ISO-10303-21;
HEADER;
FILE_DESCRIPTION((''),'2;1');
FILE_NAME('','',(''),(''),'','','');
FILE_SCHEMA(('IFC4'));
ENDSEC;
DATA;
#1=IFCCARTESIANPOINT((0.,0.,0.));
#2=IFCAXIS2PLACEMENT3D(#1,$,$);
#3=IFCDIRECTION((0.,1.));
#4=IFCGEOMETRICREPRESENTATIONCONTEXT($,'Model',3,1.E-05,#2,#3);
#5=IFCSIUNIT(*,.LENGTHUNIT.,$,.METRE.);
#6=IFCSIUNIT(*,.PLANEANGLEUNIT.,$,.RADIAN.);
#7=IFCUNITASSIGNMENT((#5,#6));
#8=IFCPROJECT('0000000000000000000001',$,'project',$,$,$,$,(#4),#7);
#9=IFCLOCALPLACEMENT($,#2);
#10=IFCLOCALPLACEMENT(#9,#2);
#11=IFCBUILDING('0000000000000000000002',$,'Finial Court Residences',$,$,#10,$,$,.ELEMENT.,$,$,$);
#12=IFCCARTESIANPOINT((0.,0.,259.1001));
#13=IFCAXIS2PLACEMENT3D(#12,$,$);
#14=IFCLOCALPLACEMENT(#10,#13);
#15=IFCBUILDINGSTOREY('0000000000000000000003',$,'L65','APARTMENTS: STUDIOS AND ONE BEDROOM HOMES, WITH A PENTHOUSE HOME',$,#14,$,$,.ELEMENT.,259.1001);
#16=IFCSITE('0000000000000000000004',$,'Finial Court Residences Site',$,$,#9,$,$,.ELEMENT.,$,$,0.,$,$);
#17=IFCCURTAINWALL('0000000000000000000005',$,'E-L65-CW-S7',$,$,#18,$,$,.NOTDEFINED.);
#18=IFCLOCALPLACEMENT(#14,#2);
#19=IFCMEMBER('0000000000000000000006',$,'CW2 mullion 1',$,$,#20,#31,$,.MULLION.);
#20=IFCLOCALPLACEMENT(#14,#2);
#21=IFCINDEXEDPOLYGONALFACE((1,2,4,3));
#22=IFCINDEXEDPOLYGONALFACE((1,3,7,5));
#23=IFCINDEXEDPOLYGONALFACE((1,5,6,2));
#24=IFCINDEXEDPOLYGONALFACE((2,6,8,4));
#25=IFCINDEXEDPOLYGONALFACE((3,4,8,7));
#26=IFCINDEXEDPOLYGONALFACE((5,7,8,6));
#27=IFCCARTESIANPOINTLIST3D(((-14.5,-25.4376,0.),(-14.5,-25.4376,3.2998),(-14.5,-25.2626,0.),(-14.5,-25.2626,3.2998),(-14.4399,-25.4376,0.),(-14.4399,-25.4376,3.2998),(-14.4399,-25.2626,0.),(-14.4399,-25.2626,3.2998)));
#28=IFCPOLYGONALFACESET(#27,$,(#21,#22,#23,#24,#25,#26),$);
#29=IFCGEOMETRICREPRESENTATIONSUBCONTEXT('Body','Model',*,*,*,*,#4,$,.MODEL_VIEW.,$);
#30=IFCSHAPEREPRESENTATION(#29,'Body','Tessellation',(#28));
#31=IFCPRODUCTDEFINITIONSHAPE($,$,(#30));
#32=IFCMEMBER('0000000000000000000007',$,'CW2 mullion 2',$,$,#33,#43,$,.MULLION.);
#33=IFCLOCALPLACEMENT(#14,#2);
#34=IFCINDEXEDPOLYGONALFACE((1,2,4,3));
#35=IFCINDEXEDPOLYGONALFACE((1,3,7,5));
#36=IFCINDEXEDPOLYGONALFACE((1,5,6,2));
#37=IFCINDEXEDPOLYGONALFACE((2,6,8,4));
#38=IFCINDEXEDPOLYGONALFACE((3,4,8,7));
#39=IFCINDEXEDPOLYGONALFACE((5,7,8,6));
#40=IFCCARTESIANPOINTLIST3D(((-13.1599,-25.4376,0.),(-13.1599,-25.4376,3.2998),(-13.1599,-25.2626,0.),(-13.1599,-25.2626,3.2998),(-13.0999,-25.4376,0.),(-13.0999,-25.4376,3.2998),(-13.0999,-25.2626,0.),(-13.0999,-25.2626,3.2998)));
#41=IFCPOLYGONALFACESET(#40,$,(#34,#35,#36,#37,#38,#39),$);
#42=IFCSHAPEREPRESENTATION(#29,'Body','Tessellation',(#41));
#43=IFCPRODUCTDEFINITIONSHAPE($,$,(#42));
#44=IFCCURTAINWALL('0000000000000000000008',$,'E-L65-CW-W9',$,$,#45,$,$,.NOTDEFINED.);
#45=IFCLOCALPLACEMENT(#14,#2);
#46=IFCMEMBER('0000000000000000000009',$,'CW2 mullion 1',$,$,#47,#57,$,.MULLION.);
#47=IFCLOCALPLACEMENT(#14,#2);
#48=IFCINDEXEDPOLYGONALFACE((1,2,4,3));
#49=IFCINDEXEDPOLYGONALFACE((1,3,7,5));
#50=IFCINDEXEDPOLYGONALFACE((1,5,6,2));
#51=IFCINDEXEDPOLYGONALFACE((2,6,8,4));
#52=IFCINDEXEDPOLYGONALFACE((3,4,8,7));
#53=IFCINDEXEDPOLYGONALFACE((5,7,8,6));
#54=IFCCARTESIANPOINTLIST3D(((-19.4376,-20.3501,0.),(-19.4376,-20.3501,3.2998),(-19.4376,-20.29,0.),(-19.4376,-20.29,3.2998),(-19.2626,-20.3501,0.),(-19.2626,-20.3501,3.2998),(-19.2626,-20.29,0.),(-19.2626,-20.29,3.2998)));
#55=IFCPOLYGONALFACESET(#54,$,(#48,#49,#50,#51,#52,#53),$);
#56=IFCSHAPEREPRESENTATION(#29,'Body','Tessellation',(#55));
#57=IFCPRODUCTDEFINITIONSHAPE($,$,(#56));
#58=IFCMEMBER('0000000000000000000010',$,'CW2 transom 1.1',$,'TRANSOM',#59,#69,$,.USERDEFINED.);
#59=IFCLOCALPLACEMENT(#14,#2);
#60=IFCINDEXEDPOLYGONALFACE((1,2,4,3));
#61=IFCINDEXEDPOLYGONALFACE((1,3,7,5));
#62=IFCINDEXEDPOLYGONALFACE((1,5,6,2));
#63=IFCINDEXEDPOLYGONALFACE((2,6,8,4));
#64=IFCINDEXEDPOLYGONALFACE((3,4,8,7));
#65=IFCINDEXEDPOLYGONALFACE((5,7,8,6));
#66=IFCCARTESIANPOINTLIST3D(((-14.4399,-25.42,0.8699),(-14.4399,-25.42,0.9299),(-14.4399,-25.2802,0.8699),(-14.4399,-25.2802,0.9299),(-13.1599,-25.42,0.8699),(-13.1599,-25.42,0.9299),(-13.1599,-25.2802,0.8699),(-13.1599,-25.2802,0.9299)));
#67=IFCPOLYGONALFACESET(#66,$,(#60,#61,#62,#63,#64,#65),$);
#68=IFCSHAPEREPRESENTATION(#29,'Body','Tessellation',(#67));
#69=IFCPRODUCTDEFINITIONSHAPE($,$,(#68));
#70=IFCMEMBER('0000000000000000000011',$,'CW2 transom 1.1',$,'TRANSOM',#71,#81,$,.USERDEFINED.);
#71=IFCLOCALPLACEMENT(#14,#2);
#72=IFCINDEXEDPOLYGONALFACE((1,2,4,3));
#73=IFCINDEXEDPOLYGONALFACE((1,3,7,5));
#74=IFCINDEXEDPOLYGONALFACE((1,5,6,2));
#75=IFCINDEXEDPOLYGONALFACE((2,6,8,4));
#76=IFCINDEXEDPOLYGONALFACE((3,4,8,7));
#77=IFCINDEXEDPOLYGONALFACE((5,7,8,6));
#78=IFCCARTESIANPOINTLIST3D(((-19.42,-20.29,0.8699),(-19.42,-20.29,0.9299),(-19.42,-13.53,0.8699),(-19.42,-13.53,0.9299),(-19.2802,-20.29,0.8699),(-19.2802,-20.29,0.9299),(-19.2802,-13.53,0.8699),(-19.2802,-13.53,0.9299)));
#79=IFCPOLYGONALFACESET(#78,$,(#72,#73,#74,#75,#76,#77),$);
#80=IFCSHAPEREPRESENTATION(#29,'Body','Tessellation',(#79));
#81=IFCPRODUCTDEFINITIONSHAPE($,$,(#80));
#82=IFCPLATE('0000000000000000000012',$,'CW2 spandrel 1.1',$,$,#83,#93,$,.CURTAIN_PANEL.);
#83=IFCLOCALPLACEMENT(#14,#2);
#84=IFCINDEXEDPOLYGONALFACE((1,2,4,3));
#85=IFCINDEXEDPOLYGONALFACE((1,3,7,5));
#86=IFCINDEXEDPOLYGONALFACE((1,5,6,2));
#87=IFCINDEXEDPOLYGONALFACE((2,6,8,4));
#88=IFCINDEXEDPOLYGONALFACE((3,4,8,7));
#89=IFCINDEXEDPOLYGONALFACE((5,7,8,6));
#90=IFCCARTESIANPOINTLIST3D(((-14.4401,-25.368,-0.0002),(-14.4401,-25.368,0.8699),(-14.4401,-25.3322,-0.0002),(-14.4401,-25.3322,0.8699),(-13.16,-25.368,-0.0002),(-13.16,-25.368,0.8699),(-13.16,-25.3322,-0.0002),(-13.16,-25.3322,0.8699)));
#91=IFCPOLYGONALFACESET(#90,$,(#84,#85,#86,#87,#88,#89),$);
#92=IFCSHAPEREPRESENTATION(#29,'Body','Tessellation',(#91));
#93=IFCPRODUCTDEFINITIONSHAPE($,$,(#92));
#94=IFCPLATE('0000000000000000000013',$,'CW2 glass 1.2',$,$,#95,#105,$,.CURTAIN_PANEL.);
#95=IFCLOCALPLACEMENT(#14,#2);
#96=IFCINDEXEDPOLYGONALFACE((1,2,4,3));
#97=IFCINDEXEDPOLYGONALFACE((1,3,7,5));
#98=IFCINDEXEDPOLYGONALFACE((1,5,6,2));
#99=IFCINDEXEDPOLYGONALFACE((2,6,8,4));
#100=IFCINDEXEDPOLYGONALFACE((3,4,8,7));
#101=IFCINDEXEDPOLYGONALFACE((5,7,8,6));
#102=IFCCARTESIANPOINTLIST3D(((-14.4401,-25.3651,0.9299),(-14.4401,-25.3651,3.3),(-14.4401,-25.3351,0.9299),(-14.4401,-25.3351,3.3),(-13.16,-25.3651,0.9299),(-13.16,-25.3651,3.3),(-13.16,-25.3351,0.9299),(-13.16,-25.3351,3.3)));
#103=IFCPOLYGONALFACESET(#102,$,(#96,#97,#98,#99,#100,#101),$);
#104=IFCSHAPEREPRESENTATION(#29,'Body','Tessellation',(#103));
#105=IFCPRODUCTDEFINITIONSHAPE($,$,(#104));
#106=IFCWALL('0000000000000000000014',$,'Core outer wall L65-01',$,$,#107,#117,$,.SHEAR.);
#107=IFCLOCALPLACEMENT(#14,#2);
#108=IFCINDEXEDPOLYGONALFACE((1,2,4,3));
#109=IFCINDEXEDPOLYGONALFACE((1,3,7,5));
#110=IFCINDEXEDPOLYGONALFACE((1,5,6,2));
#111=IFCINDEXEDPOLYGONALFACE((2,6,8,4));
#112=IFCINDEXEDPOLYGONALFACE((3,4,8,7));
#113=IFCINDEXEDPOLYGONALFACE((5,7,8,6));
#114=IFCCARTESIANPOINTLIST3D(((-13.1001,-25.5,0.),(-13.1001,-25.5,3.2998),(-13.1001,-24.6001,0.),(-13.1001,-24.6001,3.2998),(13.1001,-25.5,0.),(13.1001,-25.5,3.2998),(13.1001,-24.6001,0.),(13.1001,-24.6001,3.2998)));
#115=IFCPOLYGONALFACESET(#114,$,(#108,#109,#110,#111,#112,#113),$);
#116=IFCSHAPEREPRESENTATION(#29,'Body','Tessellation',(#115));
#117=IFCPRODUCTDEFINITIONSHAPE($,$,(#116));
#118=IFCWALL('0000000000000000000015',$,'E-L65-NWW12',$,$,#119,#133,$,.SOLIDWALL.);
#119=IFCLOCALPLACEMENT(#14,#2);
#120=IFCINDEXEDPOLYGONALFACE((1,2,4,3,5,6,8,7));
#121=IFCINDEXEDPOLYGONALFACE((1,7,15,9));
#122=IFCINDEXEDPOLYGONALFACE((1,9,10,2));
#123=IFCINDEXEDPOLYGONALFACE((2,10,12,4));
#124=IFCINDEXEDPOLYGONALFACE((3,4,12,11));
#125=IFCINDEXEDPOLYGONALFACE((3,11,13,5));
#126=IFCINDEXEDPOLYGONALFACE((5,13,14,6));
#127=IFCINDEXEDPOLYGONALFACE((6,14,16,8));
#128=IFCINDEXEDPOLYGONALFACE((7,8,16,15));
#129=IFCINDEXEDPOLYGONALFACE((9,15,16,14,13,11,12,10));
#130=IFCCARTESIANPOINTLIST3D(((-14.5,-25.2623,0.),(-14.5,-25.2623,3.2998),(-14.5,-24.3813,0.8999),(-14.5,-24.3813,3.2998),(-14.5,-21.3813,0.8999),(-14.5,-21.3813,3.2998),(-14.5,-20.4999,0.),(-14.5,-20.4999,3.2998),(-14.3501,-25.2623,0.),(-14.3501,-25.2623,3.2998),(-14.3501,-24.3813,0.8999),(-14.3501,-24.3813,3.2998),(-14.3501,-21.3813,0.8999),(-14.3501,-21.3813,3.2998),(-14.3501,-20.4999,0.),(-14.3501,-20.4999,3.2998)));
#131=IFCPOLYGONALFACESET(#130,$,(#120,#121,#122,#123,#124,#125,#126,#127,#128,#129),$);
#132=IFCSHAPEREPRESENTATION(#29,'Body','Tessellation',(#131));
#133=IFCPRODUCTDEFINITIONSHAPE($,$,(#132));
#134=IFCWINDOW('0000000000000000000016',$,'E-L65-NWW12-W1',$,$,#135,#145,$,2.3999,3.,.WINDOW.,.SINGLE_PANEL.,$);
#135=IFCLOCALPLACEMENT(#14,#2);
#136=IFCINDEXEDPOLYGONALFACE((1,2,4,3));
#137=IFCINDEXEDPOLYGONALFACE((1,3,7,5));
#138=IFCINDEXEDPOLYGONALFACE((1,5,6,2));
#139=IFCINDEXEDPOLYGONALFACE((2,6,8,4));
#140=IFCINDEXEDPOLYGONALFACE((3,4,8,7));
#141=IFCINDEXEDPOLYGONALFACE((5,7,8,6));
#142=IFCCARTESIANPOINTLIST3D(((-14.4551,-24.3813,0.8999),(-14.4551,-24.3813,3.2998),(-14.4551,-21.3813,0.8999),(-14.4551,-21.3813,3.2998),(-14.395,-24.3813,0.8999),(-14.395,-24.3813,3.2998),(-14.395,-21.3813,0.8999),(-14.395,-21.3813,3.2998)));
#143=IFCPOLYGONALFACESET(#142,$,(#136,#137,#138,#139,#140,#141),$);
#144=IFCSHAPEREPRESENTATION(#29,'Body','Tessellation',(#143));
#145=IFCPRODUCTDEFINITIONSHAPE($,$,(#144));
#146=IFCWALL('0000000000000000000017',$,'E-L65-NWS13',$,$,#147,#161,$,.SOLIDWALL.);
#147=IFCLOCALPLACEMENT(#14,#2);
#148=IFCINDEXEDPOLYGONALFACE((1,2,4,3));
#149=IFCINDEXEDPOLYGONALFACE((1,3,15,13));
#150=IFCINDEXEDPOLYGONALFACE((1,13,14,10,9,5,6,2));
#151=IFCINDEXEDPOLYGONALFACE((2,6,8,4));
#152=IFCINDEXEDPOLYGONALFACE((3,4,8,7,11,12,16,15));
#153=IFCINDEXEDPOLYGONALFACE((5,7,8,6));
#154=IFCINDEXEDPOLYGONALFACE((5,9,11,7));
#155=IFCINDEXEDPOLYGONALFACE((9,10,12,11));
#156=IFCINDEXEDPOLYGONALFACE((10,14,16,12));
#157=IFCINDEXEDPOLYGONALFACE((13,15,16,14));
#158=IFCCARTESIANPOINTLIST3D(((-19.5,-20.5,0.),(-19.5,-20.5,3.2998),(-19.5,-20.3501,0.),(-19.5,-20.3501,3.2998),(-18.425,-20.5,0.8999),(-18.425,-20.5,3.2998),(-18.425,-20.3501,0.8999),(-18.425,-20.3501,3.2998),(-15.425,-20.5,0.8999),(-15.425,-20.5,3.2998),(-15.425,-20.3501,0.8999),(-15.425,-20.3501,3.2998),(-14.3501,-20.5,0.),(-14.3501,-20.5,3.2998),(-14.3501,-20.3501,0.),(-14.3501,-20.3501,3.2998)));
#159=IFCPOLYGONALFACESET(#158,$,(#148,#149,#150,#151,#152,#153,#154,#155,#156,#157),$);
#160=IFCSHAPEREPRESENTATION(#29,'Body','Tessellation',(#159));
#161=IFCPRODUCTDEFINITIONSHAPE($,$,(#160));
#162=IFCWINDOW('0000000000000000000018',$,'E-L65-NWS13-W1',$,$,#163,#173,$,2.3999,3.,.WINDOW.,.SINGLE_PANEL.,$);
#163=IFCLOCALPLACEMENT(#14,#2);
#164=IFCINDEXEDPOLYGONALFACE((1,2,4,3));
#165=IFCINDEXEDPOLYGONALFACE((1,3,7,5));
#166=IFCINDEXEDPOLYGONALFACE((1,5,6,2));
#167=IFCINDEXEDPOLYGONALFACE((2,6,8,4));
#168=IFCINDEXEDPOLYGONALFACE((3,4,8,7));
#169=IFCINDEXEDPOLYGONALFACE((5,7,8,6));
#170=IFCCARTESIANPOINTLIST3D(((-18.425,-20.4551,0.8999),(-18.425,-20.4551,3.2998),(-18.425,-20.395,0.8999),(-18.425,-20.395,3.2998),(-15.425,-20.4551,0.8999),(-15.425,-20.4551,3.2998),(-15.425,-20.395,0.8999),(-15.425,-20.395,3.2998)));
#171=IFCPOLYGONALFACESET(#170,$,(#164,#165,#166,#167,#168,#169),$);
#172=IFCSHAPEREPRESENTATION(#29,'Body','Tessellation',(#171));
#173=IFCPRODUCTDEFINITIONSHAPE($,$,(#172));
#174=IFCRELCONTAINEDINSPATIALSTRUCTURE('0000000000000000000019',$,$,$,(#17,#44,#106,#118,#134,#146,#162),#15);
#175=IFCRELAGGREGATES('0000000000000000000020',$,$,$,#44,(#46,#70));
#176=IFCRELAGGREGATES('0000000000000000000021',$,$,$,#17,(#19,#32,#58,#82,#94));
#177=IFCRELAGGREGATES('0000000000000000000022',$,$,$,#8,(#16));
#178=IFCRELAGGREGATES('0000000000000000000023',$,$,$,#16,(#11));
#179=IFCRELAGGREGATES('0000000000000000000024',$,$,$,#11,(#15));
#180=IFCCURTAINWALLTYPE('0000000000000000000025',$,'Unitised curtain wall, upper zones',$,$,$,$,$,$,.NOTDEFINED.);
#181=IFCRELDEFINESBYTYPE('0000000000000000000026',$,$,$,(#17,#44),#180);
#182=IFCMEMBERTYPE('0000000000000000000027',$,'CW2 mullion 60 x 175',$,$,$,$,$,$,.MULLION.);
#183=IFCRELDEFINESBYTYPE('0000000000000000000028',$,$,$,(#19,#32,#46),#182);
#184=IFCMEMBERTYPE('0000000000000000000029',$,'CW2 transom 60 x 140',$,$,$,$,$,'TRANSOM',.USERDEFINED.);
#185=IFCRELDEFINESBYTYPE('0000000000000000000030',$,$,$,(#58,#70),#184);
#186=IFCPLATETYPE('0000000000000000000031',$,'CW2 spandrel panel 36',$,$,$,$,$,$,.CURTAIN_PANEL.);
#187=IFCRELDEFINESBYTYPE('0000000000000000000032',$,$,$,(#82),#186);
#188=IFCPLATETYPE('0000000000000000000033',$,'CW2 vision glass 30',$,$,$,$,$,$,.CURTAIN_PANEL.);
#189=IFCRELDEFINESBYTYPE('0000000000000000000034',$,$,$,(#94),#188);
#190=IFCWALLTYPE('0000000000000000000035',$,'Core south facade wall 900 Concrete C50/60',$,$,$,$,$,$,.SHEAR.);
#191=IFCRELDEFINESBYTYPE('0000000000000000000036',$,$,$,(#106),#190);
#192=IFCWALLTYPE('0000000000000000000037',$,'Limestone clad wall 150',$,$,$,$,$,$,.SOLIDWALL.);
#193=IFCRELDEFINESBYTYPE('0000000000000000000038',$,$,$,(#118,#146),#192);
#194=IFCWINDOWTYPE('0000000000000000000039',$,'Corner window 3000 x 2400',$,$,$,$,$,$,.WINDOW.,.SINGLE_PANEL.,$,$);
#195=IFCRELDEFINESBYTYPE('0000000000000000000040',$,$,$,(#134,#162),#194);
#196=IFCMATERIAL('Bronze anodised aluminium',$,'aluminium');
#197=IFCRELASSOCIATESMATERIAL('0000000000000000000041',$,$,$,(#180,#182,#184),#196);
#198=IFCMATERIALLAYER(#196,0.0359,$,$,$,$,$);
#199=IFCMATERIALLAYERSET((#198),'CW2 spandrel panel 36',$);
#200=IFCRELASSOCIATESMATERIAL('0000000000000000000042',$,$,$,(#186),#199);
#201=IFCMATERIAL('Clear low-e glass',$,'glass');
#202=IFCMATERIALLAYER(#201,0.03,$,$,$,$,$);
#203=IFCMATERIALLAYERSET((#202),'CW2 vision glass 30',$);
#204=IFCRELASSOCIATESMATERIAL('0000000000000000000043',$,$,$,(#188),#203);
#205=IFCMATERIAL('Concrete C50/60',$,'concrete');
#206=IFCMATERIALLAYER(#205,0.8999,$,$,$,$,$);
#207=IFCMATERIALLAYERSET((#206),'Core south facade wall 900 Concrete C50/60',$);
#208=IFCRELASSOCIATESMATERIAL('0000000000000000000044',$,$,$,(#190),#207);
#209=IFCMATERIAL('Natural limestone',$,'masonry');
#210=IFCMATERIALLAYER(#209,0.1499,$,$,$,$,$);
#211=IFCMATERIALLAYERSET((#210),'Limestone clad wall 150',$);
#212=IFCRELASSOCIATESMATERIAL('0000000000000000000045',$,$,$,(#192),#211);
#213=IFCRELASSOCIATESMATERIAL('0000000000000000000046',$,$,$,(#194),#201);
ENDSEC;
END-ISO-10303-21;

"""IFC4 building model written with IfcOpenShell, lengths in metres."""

from ifc_helpers import new_model, si_unit, direction, frame, frame_2d, origin, origin_2d, place, context, subcontext, project, spatial, rectangle, extrude, material, layer, layer_set, material_profile, profile_set, type_object, element, fill, aggregate, save


model = new_model("IFC4")

# Units and contexts
model_context = context("Model", 3, precision=1e-05, world=origin(), true_north=direction((0.0, 1.0)))
body_context = subcontext(model_context, "Body", "Model", "MODEL_VIEW")
ifc_project = project(units=[si_unit("LENGTHUNIT", "METRE"), si_unit("PLANEANGLEUNIT", "RADIAN")], contexts=[model_context])

# Site, building, storey
site_placement = place(None, origin())
site = spatial("IfcSite", under=ifc_project, at=site_placement, Name="Finial Court Residences Site", CompositionType="ELEMENT", RefElevation=0.0)
building_placement = place(site_placement, origin())
building = spatial("IfcBuilding", under=site, at=building_placement, Name="Finial Court Residences", CompositionType="ELEMENT")
storey_placement = place(building_placement, frame((0.0, 0.0, 259.1001)))
storey = spatial("IfcBuildingStorey", under=building, at=storey_placement, Name="L65", Description="APARTMENTS: STUDIOS AND ONE BEDROOM HOMES, WITH A PENTHOUSE HOME", CompositionType="ELEMENT", Elevation=259.1001)

# Curtain wall, members
ifc_material_1 = material(Name="Bronze anodised aluminium", Category="aluminium")
curtain_wall_type = type_object("IfcCurtainWallType", Name="Unitised curtain wall, upper zones", PredefinedType="NOTDEFINED", material=ifc_material_1)
curtain_wall_1_placement = place(storey_placement, origin())
curtain_wall_1 = element("IfcCurtainWall", 1, at=curtain_wall_1_placement, inside=storey, type_object=curtain_wall_type, Name="E-L65-CW-S7", PredefinedType="NOTDEFINED")
ifc_material_profile_1 = material_profile(ifc_material_1, rectangle(XDim=0.175, YDim=0.0601, at=origin_2d()), Name="CW2 mullion 60 x 175")
ifc_profile_set_1 = profile_set([ifc_material_profile_1], Name="Bronze anodised aluminium")
member_type_1 = type_object("IfcMemberType", Name="CW2 mullion 60 x 175", PredefinedType="MULLION", material=ifc_profile_set_1)
member_1_placement = place(storey_placement, frame((-14.47, -25.3501, 0.0), z_axis=(0.0, 0.0, 1.0), x_axis=(0.0, 1.0, 0.0)))
member_1 = element("IfcMember", 2, at=member_1_placement, type_object=member_type_1, Name="CW2 mullion 1", PredefinedType="MULLION", context=body_context, shape_type="SweptSolid", body=[
    extrude(rectangle(XDim=0.175, YDim=0.0601, at=origin_2d()), origin(), (0.0, 0.0, 1.0), 3.2998),
])
member_2_placement = place(storey_placement, frame((-13.1299, -25.3501, 0.0), z_axis=(0.0, 0.0, 1.0), x_axis=(0.0, 1.0, 0.0)))
member_2 = element("IfcMember", 3, at=member_2_placement, type_object=member_type_1, Name="CW2 mullion 2", PredefinedType="MULLION", context=body_context, shape_type="SweptSolid", body=[
    extrude(rectangle(XDim=0.175, YDim=0.0601, at=origin_2d()), origin(), (0.0, 0.0, 1.0), 3.2998),
])

# Curtain wall, member
curtain_wall_2_placement = place(storey_placement, origin())
curtain_wall_2 = element("IfcCurtainWall", 4, at=curtain_wall_2_placement, inside=storey, type_object=curtain_wall_type, Name="E-L65-CW-W9", PredefinedType="NOTDEFINED")
member_3_placement = place(storey_placement, frame((-19.3501, -20.3201, 0.0), z_axis=(0.0, 0.0, 1.0), x_axis=(-1.0, 0.0, 0.0)))
member_3 = element("IfcMember", 5, at=member_3_placement, type_object=member_type_1, Name="CW2 mullion 1", PredefinedType="MULLION", context=body_context, shape_type="SweptSolid", body=[
    extrude(rectangle(XDim=0.175, YDim=0.0601, at=origin_2d()), origin(), (0.0, 0.0, 1.0), 3.2998),
])

# Members
ifc_material_profile_2 = material_profile(ifc_material_1, rectangle(XDim=0.1399, YDim=0.0601, at=origin_2d()), Name="CW2 transom 60 x 140")
ifc_profile_set_2 = profile_set([ifc_material_profile_2], Name="Bronze anodised aluminium")
member_type_2 = type_object("IfcMemberType", Name="CW2 transom 60 x 140", ElementType="TRANSOM", PredefinedType="USERDEFINED", material=ifc_profile_set_2)
member_4_placement = place(storey_placement, frame((-14.4399, -25.3501, 0.8999), z_axis=(1.0, 0.0, 0.0), x_axis=(0.0, 1.0, 0.0)))
member_4 = element("IfcMember", 6, at=member_4_placement, type_object=member_type_2, Name="CW2 transom 1.1", ObjectType="TRANSOM", PredefinedType="USERDEFINED", context=body_context, shape_type="SweptSolid", body=[
    extrude(rectangle(XDim=0.1399, YDim=0.0601, at=origin_2d()), origin(), (0.0, 0.0, 1.0), 1.28),
])
member_5_placement = place(storey_placement, frame((-19.3501, -20.29, 0.8999), z_axis=(0.0, 1.0, 0.0), x_axis=(-1.0, 0.0, 0.0)))
member_5 = element("IfcMember", 7, at=member_5_placement, type_object=member_type_2, Name="CW2 transom 1.1", ObjectType="TRANSOM", PredefinedType="USERDEFINED", context=body_context, shape_type="SweptSolid", body=[
    extrude(rectangle(XDim=0.1399, YDim=0.0601, at=origin_2d()), origin(), (0.0, 0.0, 1.0), 6.76),
])
aggregate(curtain_wall_2, [member_3, member_5])

# Plates
ifc_layer_1 = layer(ifc_material_1, 0.0359)
ifc_layer_set_1 = layer_set([ifc_layer_1], Name="CW2 spandrel panel 36")
plate_type_1 = type_object("IfcPlateType", Name="CW2 spandrel panel 36", PredefinedType="CURTAIN_PANEL", material=ifc_layer_set_1)
plate_1_placement = place(storey_placement, frame((-13.8, -25.3501, -0.0002), z_axis=(0.0, 0.0, 1.0), x_axis=(1.0, 0.0, 0.0)))
plate_1 = element("IfcPlate", 8, at=plate_1_placement, type_object=plate_type_1, Name="CW2 spandrel 1.1", PredefinedType="CURTAIN_PANEL", context=body_context, shape_type="SweptSolid", body=[
    extrude(rectangle(XDim=1.28, YDim=0.0359, at=origin_2d()), origin(), (0.0, 0.0, 1.0), 0.8701),
])
ifc_material_2 = material(Name="Clear low-e glass", Category="glass")
ifc_layer_2 = layer(ifc_material_2, 0.03)
ifc_layer_set_2 = layer_set([ifc_layer_2], Name="CW2 vision glass 30")
plate_type_2 = type_object("IfcPlateType", Name="CW2 vision glass 30", PredefinedType="CURTAIN_PANEL", material=ifc_layer_set_2)
plate_2_placement = place(storey_placement, frame((-13.8, -25.3501, 0.9299), z_axis=(0.0, 0.0, 1.0), x_axis=(1.0, 0.0, 0.0)))
plate_2 = element("IfcPlate", 9, at=plate_2_placement, type_object=plate_type_2, Name="CW2 glass 1.2", PredefinedType="CURTAIN_PANEL", context=body_context, shape_type="SweptSolid", body=[
    extrude(rectangle(XDim=1.28, YDim=0.03, at=origin_2d()), origin(), (0.0, 0.0, 1.0), 2.3701),
])
aggregate(curtain_wall_1, [member_1, member_2, member_4, plate_1, plate_2])

# Wall
ifc_material_3 = material(Name="Concrete C50/60", Category="concrete")
ifc_layer_3 = layer(ifc_material_3, 0.8999)
ifc_layer_set_3 = layer_set([ifc_layer_3], Name="Core south facade wall 900 Concrete C50/60")
wall_type_1 = type_object("IfcWallType", Name="Core south facade wall 900 Concrete C50/60", PredefinedType="SHEAR", material=ifc_layer_set_3)
wall_1_placement = place(storey_placement, frame((-13.1001, -25.05, 0.0), z_axis=(0.0, 0.0, 1.0), x_axis=(1.0, 0.0, 0.0)))
element("IfcWall", 10, at=wall_1_placement, inside=storey, type_object=wall_type_1, Name="Core outer wall L65-01", PredefinedType="SHEAR", context=body_context, shape_type="SweptSolid", body=[
    extrude(rectangle(XDim=26.2002, YDim=0.8999, at=frame_2d((13.1001, 0.0))), origin(), (0.0, 0.0, 1.0), 3.2998),
])

# Walls, openings, windows
ifc_material_4 = material(Name="Natural limestone", Category="masonry")
ifc_layer_4 = layer(ifc_material_4, 0.1499)
ifc_layer_set_4 = layer_set([ifc_layer_4], Name="Limestone clad wall 150")
wall_type_2 = type_object("IfcWallType", Name="Limestone clad wall 150", PredefinedType="SOLIDWALL", material=ifc_layer_set_4)
wall_2_placement = place(storey_placement, frame((-14.425, -25.2625, 0.0), z_axis=(0.0, 0.0, 1.0), x_axis=(0.0, 1.0, 0.0)))
wall_2 = element("IfcWall", 11, at=wall_2_placement, inside=storey, type_object=wall_type_2, Name="E-L65-NWW12", PredefinedType="SOLIDWALL", context=body_context, shape_type="SweptSolid", body=[
    extrude(rectangle(XDim=4.7625, YDim=0.1499, at=frame_2d((2.3813, 0.0))), origin(), (0.0, 0.0, 1.0), 3.2998),
])
opening_1_placement = place(wall_2_placement, frame((0.8811, 0.0, 0.8999)))
opening_1 = element("IfcOpeningElement", 12, at=opening_1_placement, cuts=wall_2, PredefinedType="OPENING", context=body_context, shape_type="SweptSolid", body=[
    extrude(rectangle(XDim=3.0, YDim=2.3999, at=frame_2d((1.5, 1.2))), frame((0.0, 0.085, 0.0), z_axis=(0.0, -1.0, 0.0), x_axis=(1.0, 0.0, 0.0)), (0.0, 0.0, 1.0), 0.1699),
])
window_type = type_object("IfcWindowType", Name="Corner window 3000 x 2400", PartitioningType="SINGLE_PANEL", PredefinedType="WINDOW", material=ifc_material_2)
window_1_placement = place(opening_1_placement, origin())
window_1 = element("IfcWindow", 13, at=window_1_placement, inside=storey, type_object=window_type, Name="E-L65-NWW12-W1", OverallHeight=2.3999, OverallWidth=3.0, PartitioningType="SINGLE_PANEL", PredefinedType="WINDOW", context=body_context, shape_type="SweptSolid", body=[
    extrude(rectangle(XDim=3.0, YDim=2.3999, at=frame_2d((1.5, 1.2))), frame((0.0, 0.03, 0.0), z_axis=(0.0, -1.0, 0.0), x_axis=(1.0, 0.0, 0.0)), (0.0, 0.0, 1.0), 0.0601),
])
fill(opening_1, window_1)
wall_3_placement = place(storey_placement, frame((-14.3501, -20.425, 0.0), z_axis=(0.0, 0.0, 1.0), x_axis=(-1.0, 0.0, 0.0)))
wall_3 = element("IfcWall", 14, at=wall_3_placement, inside=storey, type_object=wall_type_2, Name="E-L65-NWS13", PredefinedType="SOLIDWALL", context=body_context, shape_type="SweptSolid", body=[
    extrude(rectangle(XDim=5.1499, YDim=0.1499, at=frame_2d((2.575, 0.0))), origin(), (0.0, 0.0, 1.0), 3.2998),
])
opening_2_placement = place(wall_3_placement, frame((1.075, 0.0, 0.8999)))
opening_2 = element("IfcOpeningElement", 15, at=opening_2_placement, cuts=wall_3, PredefinedType="OPENING", context=body_context, shape_type="SweptSolid", body=[
    extrude(rectangle(XDim=3.0, YDim=2.3999, at=frame_2d((1.5, 1.2))), frame((0.0, 0.085, 0.0), z_axis=(0.0, -1.0, 0.0), x_axis=(1.0, 0.0, 0.0)), (0.0, 0.0, 1.0), 0.1699),
])
window_2_placement = place(opening_2_placement, origin())
window_2 = element("IfcWindow", 16, at=window_2_placement, inside=storey, type_object=window_type, Name="E-L65-NWS13-W1", OverallHeight=2.3999, OverallWidth=3.0, PartitioningType="SINGLE_PANEL", PredefinedType="WINDOW", context=body_context, shape_type="SweptSolid", body=[
    extrude(rectangle(XDim=3.0, YDim=2.3999, at=frame_2d((1.5, 1.2))), frame((0.0, 0.03, 0.0), z_axis=(0.0, -1.0, 0.0), x_axis=(1.0, 0.0, 0.0)), (0.0, 0.0, 1.0), 0.0601),
])
fill(opening_2, window_2)

save(model, "model.ifc")
